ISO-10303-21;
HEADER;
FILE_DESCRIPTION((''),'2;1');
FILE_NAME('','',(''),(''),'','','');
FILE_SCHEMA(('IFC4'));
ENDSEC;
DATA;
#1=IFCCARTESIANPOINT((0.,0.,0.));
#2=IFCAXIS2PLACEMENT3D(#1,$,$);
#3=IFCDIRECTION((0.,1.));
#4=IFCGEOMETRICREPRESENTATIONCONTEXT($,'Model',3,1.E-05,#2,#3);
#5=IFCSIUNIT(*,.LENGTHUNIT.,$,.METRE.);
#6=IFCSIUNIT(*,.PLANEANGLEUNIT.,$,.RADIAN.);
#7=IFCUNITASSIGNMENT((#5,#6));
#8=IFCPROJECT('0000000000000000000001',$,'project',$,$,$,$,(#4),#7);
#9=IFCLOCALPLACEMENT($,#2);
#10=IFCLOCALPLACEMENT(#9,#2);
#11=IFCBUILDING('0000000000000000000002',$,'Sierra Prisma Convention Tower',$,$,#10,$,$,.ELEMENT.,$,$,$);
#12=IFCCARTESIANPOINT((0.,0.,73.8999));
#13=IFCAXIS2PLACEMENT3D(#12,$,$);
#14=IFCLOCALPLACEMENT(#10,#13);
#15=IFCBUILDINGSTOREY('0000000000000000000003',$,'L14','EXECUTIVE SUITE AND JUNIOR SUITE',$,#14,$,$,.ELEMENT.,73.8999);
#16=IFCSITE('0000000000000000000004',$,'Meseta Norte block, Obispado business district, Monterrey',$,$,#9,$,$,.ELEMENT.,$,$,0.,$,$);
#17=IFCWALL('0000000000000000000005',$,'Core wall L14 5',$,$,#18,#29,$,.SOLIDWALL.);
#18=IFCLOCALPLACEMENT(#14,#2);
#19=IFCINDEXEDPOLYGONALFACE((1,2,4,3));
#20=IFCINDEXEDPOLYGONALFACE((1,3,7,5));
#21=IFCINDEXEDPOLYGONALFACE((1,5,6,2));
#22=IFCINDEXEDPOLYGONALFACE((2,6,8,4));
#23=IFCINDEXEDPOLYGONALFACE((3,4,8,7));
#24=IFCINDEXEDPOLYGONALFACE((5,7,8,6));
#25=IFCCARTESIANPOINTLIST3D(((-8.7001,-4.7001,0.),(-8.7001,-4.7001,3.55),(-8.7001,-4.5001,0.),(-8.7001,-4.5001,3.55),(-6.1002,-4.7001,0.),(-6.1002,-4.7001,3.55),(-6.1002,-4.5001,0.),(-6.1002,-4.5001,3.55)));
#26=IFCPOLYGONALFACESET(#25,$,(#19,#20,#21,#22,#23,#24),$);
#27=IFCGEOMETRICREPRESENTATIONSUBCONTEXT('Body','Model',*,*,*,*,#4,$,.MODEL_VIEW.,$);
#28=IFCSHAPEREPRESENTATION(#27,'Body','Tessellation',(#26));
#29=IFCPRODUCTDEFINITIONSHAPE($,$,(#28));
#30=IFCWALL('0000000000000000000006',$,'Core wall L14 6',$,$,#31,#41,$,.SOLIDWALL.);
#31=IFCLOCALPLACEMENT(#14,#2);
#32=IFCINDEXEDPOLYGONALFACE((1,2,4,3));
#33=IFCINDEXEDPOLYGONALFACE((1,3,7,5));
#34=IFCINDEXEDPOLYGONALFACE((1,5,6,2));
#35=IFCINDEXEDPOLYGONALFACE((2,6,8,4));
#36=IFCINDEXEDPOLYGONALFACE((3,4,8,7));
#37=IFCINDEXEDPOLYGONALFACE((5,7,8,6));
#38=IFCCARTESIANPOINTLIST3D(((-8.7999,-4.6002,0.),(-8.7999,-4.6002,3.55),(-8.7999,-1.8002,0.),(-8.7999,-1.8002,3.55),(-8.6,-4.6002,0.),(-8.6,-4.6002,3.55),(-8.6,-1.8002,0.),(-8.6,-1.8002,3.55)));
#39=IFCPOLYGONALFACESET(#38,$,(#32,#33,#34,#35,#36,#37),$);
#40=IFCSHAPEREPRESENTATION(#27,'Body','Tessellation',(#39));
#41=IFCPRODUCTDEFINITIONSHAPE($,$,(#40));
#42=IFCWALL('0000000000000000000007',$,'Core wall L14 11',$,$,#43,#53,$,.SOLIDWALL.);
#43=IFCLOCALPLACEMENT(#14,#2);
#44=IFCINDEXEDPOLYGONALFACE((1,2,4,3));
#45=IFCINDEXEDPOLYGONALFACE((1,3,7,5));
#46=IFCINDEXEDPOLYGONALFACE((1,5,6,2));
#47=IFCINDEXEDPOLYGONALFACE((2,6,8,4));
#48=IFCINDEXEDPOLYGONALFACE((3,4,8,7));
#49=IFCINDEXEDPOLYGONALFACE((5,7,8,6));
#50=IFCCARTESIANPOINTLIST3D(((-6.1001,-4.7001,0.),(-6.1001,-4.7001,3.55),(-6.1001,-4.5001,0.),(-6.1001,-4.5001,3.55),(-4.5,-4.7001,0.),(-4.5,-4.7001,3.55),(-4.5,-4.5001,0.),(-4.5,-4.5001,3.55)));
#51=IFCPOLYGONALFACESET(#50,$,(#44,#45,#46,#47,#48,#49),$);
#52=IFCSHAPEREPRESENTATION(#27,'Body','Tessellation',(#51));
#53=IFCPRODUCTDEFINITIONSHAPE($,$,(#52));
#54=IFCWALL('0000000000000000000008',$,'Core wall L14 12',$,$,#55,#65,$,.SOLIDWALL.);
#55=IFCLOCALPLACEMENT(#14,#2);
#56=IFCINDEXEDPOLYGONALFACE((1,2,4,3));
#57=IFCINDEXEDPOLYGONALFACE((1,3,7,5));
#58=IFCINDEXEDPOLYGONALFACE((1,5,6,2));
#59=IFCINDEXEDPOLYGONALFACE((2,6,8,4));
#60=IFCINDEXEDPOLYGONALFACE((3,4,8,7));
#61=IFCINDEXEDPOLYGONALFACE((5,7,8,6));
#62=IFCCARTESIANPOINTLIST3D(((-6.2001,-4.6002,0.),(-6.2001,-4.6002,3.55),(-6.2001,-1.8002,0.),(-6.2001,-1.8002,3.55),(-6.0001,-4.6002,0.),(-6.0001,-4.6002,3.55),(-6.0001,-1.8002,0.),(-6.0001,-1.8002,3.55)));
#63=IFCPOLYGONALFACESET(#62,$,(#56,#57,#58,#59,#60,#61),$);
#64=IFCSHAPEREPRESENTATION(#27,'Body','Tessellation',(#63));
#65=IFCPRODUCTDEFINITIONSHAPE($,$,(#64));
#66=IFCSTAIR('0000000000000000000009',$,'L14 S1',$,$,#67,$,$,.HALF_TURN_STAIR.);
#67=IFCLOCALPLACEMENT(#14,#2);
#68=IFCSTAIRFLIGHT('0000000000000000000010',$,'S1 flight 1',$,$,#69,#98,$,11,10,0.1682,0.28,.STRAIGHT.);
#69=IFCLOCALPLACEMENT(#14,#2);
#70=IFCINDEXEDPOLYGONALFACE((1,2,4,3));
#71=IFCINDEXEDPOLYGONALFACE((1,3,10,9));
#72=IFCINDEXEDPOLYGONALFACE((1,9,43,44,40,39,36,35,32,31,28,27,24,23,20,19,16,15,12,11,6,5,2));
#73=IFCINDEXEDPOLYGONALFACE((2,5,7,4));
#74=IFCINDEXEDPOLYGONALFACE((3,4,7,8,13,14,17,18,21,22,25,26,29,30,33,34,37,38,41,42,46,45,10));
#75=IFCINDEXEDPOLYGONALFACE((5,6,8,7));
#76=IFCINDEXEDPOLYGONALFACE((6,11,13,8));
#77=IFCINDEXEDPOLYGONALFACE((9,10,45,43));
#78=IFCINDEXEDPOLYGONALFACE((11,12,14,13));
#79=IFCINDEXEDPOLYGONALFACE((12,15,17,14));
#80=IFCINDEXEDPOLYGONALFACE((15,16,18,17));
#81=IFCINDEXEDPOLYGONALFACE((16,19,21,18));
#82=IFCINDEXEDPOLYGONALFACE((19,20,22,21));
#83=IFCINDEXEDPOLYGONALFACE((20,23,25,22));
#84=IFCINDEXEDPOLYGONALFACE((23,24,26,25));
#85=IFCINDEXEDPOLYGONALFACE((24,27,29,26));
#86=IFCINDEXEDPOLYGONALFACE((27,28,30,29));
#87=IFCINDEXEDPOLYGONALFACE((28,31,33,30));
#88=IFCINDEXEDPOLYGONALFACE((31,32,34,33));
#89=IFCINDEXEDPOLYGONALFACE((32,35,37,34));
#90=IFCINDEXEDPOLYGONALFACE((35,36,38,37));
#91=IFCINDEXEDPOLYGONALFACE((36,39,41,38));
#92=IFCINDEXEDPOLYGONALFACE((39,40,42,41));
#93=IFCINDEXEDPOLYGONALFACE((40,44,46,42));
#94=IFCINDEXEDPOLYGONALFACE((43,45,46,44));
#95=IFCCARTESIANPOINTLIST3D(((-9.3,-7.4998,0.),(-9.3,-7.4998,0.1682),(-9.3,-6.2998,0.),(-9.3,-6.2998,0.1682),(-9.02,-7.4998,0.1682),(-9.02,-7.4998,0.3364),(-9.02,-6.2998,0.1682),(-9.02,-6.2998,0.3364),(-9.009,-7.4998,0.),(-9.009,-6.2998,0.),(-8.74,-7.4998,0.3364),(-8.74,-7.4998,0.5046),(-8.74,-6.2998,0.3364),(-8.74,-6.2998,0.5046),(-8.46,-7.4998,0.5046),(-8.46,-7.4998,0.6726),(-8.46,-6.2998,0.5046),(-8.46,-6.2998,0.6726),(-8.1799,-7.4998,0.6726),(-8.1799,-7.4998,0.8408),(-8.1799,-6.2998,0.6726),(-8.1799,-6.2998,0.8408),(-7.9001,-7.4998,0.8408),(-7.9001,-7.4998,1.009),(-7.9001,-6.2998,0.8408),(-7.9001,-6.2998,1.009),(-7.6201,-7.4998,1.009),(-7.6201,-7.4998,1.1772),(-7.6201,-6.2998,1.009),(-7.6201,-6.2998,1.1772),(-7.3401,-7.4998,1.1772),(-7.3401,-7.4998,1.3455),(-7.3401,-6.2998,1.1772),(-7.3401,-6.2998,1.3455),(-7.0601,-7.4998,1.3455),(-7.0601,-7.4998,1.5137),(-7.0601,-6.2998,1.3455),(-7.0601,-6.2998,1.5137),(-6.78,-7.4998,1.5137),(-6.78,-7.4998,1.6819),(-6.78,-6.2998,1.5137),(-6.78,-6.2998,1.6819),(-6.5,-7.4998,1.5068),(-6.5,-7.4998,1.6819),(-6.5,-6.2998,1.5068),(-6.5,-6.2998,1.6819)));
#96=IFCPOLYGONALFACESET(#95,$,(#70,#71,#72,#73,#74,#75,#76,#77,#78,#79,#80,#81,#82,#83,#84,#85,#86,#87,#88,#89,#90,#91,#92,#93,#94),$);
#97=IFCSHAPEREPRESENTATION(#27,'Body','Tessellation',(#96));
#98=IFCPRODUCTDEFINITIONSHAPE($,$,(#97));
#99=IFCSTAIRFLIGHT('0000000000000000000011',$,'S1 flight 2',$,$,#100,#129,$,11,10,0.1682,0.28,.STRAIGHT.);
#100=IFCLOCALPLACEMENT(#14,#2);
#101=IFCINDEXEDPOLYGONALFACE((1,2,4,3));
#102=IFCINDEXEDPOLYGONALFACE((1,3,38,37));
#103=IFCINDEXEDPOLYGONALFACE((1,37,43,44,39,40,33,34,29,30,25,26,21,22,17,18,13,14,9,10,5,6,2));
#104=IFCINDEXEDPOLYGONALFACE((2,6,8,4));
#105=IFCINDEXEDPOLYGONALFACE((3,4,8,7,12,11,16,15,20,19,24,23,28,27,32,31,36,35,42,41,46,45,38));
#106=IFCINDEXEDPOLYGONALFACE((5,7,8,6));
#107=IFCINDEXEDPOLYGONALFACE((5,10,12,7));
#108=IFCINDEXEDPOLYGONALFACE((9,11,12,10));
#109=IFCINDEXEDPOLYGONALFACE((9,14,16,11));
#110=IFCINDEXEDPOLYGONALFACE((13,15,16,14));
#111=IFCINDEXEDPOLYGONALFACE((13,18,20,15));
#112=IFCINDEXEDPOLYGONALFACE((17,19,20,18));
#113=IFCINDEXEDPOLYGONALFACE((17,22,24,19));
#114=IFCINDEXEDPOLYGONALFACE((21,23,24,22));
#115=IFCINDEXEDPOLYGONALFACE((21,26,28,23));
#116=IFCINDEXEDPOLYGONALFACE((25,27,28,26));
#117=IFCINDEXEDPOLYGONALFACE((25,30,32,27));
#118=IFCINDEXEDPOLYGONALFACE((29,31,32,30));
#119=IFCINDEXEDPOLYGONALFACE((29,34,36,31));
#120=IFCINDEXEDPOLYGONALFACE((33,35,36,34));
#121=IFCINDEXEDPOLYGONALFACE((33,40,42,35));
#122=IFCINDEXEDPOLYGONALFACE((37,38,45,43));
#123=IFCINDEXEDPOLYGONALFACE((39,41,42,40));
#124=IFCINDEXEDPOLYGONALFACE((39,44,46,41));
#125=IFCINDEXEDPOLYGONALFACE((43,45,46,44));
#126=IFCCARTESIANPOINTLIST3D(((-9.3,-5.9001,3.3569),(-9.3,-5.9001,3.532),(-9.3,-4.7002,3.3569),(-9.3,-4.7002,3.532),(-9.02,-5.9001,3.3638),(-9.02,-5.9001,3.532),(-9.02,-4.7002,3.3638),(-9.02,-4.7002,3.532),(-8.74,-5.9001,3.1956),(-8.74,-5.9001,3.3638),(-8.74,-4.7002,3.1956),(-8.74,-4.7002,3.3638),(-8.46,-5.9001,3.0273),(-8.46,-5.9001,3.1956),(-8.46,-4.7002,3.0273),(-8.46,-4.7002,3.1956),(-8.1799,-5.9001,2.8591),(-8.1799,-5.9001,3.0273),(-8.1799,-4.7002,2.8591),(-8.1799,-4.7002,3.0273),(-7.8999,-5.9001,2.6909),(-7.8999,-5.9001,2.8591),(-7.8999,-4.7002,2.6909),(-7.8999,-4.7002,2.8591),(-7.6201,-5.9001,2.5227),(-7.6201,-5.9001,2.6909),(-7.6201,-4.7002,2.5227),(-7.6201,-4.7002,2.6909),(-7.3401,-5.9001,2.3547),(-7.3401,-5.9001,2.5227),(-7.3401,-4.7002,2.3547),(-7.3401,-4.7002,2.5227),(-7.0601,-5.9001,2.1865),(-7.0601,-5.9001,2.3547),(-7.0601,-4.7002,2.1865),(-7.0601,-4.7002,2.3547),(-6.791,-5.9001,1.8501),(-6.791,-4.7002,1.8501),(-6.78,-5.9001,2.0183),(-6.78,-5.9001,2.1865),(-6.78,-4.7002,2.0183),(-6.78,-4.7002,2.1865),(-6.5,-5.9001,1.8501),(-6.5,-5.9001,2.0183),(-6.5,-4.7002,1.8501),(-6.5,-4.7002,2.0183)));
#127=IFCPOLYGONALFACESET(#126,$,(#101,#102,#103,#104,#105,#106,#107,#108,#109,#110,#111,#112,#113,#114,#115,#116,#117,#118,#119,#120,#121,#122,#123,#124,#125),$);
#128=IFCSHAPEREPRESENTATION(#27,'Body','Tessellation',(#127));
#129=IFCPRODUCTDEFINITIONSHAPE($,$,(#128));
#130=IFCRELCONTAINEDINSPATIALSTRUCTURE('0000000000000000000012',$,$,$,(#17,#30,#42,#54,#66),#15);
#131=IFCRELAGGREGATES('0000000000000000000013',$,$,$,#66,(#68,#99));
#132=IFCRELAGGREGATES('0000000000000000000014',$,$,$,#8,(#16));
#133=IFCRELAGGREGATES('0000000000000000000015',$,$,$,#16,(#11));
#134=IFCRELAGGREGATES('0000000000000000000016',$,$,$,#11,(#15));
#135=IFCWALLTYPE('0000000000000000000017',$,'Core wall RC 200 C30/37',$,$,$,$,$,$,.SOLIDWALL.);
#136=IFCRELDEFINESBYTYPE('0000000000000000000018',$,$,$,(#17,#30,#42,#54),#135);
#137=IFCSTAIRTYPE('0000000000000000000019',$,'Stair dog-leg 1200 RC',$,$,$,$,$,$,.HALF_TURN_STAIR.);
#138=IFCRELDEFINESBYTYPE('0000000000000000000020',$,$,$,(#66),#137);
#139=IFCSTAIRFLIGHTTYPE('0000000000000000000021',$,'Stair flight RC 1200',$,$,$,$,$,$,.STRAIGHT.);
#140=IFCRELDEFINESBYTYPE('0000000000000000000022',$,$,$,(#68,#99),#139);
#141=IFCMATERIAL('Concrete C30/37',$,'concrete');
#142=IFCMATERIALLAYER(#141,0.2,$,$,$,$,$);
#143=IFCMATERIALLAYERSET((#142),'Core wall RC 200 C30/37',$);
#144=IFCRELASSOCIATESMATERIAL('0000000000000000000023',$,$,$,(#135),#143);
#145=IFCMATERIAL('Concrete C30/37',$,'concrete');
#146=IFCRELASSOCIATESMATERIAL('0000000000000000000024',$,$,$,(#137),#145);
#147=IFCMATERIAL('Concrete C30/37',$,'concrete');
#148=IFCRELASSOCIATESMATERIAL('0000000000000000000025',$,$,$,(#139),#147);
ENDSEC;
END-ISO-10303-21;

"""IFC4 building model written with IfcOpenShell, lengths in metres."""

from ifc_helpers import new_model, si_unit, direction, frame, frame_2d, origin, place, context, subcontext, project, spatial, polyline, rectangle, outline, extrude, material, layer, layer_set, type_object, element, aggregate, save


model = new_model("IFC4")

# Units and contexts
model_context = context("Model", 3, precision=1e-05, world=origin(), true_north=direction((0.0, 1.0)))
body_context = subcontext(model_context, "Body", "Model", "MODEL_VIEW")
ifc_project = project(units=[si_unit("LENGTHUNIT", "METRE"), si_unit("PLANEANGLEUNIT", "RADIAN")], contexts=[model_context])

# Site, building, storey
site_placement = place(None, origin())
site = spatial("IfcSite", under=ifc_project, at=site_placement, Name="Meseta Norte block, Obispado business district, Monterrey", CompositionType="ELEMENT", RefElevation=0.0)
building_placement = place(site_placement, origin())
building = spatial("IfcBuilding", under=site, at=building_placement, Name="Sierra Prisma Convention Tower", CompositionType="ELEMENT")
storey_placement = place(building_placement, frame((0.0, 0.0, 73.8999)))
storey = spatial("IfcBuildingStorey", under=building, at=storey_placement, Name="L14", Description="EXECUTIVE SUITE AND JUNIOR SUITE", CompositionType="ELEMENT", Elevation=73.8999)

# Shared definitions
ifc_material_1 = material(Name="Concrete C30/37", Category="concrete")
ifc_layer = layer(ifc_material_1, 0.2)
ifc_layer_set = layer_set([ifc_layer], Name="Core wall RC 200 C30/37")
wall_type = type_object("IfcWallType", Name="Core wall RC 200 C30/37", PredefinedType="SOLIDWALL", material=ifc_layer_set)

# Walls
wall_1_placement = place(storey_placement, frame((-8.7, -4.6001, 0.0), z_axis=(0.0, 0.0, 1.0), x_axis=(1.0, 0.0, 0.0)))
element("IfcWall", 1, at=wall_1_placement, inside=storey, type_object=wall_type, Name="Core wall L14 5", PredefinedType="SOLIDWALL", context=body_context, shape_type="SweptSolid", body=[
    extrude(rectangle(XDim=2.5999, YDim=0.2, at=frame_2d((1.2998, 0.0))), origin(), (0.0, 0.0, 1.0), 3.55),
])
wall_2_placement = place(storey_placement, frame((-8.7, -4.6001, 0.0), z_axis=(0.0, 0.0, 1.0), x_axis=(0.0, 1.0, 0.0)))
element("IfcWall", 2, at=wall_2_placement, inside=storey, type_object=wall_type, Name="Core wall L14 6", PredefinedType="SOLIDWALL", context=body_context, shape_type="SweptSolid", body=[
    extrude(rectangle(XDim=2.8, YDim=0.2, at=frame_2d((1.3999, 0.0))), origin(), (0.0, 0.0, 1.0), 3.55),
])

# Walls
wall_3_placement = place(storey_placement, frame((-6.1001, -4.6001, 0.0), z_axis=(0.0, 0.0, 1.0), x_axis=(1.0, 0.0, 0.0)))
element("IfcWall", 3, at=wall_3_placement, inside=storey, type_object=wall_type, Name="Core wall L14 11", PredefinedType="SOLIDWALL", context=body_context, shape_type="SweptSolid", body=[
    extrude(rectangle(XDim=1.6001, YDim=0.2, at=frame_2d((0.8, 0.0))), origin(), (0.0, 0.0, 1.0), 3.55),
])
wall_4_placement = place(storey_placement, frame((-6.1001, -4.6001, 0.0), z_axis=(0.0, 0.0, 1.0), x_axis=(0.0, 1.0, 0.0)))
element("IfcWall", 4, at=wall_4_placement, inside=storey, type_object=wall_type, Name="Core wall L14 12", PredefinedType="SOLIDWALL", context=body_context, shape_type="SweptSolid", body=[
    extrude(rectangle(XDim=2.8, YDim=0.2, at=frame_2d((1.3999, 0.0))), origin(), (0.0, 0.0, 1.0), 3.55),
])

# Stair, stair flights
ifc_material_2 = material(Name="Concrete C30/37", Category="concrete")
stair_type = type_object("IfcStairType", Name="Stair dog-leg 1200 RC", PredefinedType="HALF_TURN_STAIR", material=ifc_material_2)
stair_placement = place(storey_placement, origin())
stair = element("IfcStair", 5, at=stair_placement, inside=storey, type_object=stair_type, Name="L14 S1", PredefinedType="HALF_TURN_STAIR")
ifc_material_3 = material(Name="Concrete C30/37", Category="concrete")
stair_flight_type = type_object("IfcStairFlightType", Name="Stair flight RC 1200", PredefinedType="STRAIGHT", material=ifc_material_3)
stair_flight_1_placement = place(storey_placement, frame((-9.3, -6.8999, 0.0), z_axis=(0.0, 0.0, 1.0), x_axis=(1.0, 0.0, 0.0)))
stair_flight_1 = element("IfcStairFlight", 6, at=stair_flight_1_placement, type_object=stair_flight_type, Name="S1 flight 1", NumberOfRisers=11, NumberOfTreads=10, PredefinedType="STRAIGHT", RiserHeight=0.1682, TreadLength=0.28, context=body_context, shape_type="SweptSolid", body=[
    extrude(outline(polyline([(0.0, 0.0), (0.0, 0.1682), (0.28, 0.1682), (0.28, 0.3364), (0.5601, 0.3364), (0.5601, 0.5046), (0.8401, 0.5046), (0.8401, 0.6726), (1.1201, 0.6726), (1.1201, 0.8408), (1.3999, 0.8408), (1.3999, 1.009), (1.6799, 1.009), (1.6799, 1.1772), (1.96, 1.1772), (1.96, 1.3455), (2.24, 1.3455), (2.24, 1.5137), (2.52, 1.5137), (2.52, 1.6819), (2.8, 1.6819), (2.8, 1.8501), (2.8, 1.5068), (0.291, 0.0), (0.0, 0.0)])), frame((0.0, 0.6001, 0.0), z_axis=(0.0, -1.0, 0.0), x_axis=(1.0, 0.0, 0.0)), (0.0, 0.0, 1.0), 1.2),
])
stair_flight_2_placement = place(storey_placement, frame((-6.5, -5.3, 1.8501), z_axis=(0.0, 0.0, 1.0), x_axis=(-1.0, 0.0, 0.0)))
stair_flight_2 = element("IfcStairFlight", 7, at=stair_flight_2_placement, type_object=stair_flight_type, Name="S1 flight 2", NumberOfRisers=11, NumberOfTreads=10, PredefinedType="STRAIGHT", RiserHeight=0.1682, TreadLength=0.28, context=body_context, shape_type="SweptSolid", body=[
    extrude(outline(polyline([(0.0, 0.0), (0.0, 0.1682), (0.28, 0.1682), (0.28, 0.3364), (0.5601, 0.3364), (0.5601, 0.5046), (0.8401, 0.5046), (0.8401, 0.6726), (1.1201, 0.6726), (1.1201, 0.8408), (1.3999, 0.8408), (1.3999, 1.009), (1.6799, 1.009), (1.6799, 1.1772), (1.96, 1.1772), (1.96, 1.3455), (2.24, 1.3455), (2.24, 1.5137), (2.52, 1.5137), (2.52, 1.6819), (2.8, 1.6819), (2.8, 1.8501), (2.8, 1.5068), (0.291, 0.0), (0.0, 0.0)])), frame((0.0, 0.6001, 0.0), z_axis=(0.0, -1.0, 0.0), x_axis=(1.0, 0.0, 0.0)), (0.0, 0.0, 1.0), 1.2),
])
aggregate(stair, [stair_flight_1, stair_flight_2])

save(model, "model.ifc")
